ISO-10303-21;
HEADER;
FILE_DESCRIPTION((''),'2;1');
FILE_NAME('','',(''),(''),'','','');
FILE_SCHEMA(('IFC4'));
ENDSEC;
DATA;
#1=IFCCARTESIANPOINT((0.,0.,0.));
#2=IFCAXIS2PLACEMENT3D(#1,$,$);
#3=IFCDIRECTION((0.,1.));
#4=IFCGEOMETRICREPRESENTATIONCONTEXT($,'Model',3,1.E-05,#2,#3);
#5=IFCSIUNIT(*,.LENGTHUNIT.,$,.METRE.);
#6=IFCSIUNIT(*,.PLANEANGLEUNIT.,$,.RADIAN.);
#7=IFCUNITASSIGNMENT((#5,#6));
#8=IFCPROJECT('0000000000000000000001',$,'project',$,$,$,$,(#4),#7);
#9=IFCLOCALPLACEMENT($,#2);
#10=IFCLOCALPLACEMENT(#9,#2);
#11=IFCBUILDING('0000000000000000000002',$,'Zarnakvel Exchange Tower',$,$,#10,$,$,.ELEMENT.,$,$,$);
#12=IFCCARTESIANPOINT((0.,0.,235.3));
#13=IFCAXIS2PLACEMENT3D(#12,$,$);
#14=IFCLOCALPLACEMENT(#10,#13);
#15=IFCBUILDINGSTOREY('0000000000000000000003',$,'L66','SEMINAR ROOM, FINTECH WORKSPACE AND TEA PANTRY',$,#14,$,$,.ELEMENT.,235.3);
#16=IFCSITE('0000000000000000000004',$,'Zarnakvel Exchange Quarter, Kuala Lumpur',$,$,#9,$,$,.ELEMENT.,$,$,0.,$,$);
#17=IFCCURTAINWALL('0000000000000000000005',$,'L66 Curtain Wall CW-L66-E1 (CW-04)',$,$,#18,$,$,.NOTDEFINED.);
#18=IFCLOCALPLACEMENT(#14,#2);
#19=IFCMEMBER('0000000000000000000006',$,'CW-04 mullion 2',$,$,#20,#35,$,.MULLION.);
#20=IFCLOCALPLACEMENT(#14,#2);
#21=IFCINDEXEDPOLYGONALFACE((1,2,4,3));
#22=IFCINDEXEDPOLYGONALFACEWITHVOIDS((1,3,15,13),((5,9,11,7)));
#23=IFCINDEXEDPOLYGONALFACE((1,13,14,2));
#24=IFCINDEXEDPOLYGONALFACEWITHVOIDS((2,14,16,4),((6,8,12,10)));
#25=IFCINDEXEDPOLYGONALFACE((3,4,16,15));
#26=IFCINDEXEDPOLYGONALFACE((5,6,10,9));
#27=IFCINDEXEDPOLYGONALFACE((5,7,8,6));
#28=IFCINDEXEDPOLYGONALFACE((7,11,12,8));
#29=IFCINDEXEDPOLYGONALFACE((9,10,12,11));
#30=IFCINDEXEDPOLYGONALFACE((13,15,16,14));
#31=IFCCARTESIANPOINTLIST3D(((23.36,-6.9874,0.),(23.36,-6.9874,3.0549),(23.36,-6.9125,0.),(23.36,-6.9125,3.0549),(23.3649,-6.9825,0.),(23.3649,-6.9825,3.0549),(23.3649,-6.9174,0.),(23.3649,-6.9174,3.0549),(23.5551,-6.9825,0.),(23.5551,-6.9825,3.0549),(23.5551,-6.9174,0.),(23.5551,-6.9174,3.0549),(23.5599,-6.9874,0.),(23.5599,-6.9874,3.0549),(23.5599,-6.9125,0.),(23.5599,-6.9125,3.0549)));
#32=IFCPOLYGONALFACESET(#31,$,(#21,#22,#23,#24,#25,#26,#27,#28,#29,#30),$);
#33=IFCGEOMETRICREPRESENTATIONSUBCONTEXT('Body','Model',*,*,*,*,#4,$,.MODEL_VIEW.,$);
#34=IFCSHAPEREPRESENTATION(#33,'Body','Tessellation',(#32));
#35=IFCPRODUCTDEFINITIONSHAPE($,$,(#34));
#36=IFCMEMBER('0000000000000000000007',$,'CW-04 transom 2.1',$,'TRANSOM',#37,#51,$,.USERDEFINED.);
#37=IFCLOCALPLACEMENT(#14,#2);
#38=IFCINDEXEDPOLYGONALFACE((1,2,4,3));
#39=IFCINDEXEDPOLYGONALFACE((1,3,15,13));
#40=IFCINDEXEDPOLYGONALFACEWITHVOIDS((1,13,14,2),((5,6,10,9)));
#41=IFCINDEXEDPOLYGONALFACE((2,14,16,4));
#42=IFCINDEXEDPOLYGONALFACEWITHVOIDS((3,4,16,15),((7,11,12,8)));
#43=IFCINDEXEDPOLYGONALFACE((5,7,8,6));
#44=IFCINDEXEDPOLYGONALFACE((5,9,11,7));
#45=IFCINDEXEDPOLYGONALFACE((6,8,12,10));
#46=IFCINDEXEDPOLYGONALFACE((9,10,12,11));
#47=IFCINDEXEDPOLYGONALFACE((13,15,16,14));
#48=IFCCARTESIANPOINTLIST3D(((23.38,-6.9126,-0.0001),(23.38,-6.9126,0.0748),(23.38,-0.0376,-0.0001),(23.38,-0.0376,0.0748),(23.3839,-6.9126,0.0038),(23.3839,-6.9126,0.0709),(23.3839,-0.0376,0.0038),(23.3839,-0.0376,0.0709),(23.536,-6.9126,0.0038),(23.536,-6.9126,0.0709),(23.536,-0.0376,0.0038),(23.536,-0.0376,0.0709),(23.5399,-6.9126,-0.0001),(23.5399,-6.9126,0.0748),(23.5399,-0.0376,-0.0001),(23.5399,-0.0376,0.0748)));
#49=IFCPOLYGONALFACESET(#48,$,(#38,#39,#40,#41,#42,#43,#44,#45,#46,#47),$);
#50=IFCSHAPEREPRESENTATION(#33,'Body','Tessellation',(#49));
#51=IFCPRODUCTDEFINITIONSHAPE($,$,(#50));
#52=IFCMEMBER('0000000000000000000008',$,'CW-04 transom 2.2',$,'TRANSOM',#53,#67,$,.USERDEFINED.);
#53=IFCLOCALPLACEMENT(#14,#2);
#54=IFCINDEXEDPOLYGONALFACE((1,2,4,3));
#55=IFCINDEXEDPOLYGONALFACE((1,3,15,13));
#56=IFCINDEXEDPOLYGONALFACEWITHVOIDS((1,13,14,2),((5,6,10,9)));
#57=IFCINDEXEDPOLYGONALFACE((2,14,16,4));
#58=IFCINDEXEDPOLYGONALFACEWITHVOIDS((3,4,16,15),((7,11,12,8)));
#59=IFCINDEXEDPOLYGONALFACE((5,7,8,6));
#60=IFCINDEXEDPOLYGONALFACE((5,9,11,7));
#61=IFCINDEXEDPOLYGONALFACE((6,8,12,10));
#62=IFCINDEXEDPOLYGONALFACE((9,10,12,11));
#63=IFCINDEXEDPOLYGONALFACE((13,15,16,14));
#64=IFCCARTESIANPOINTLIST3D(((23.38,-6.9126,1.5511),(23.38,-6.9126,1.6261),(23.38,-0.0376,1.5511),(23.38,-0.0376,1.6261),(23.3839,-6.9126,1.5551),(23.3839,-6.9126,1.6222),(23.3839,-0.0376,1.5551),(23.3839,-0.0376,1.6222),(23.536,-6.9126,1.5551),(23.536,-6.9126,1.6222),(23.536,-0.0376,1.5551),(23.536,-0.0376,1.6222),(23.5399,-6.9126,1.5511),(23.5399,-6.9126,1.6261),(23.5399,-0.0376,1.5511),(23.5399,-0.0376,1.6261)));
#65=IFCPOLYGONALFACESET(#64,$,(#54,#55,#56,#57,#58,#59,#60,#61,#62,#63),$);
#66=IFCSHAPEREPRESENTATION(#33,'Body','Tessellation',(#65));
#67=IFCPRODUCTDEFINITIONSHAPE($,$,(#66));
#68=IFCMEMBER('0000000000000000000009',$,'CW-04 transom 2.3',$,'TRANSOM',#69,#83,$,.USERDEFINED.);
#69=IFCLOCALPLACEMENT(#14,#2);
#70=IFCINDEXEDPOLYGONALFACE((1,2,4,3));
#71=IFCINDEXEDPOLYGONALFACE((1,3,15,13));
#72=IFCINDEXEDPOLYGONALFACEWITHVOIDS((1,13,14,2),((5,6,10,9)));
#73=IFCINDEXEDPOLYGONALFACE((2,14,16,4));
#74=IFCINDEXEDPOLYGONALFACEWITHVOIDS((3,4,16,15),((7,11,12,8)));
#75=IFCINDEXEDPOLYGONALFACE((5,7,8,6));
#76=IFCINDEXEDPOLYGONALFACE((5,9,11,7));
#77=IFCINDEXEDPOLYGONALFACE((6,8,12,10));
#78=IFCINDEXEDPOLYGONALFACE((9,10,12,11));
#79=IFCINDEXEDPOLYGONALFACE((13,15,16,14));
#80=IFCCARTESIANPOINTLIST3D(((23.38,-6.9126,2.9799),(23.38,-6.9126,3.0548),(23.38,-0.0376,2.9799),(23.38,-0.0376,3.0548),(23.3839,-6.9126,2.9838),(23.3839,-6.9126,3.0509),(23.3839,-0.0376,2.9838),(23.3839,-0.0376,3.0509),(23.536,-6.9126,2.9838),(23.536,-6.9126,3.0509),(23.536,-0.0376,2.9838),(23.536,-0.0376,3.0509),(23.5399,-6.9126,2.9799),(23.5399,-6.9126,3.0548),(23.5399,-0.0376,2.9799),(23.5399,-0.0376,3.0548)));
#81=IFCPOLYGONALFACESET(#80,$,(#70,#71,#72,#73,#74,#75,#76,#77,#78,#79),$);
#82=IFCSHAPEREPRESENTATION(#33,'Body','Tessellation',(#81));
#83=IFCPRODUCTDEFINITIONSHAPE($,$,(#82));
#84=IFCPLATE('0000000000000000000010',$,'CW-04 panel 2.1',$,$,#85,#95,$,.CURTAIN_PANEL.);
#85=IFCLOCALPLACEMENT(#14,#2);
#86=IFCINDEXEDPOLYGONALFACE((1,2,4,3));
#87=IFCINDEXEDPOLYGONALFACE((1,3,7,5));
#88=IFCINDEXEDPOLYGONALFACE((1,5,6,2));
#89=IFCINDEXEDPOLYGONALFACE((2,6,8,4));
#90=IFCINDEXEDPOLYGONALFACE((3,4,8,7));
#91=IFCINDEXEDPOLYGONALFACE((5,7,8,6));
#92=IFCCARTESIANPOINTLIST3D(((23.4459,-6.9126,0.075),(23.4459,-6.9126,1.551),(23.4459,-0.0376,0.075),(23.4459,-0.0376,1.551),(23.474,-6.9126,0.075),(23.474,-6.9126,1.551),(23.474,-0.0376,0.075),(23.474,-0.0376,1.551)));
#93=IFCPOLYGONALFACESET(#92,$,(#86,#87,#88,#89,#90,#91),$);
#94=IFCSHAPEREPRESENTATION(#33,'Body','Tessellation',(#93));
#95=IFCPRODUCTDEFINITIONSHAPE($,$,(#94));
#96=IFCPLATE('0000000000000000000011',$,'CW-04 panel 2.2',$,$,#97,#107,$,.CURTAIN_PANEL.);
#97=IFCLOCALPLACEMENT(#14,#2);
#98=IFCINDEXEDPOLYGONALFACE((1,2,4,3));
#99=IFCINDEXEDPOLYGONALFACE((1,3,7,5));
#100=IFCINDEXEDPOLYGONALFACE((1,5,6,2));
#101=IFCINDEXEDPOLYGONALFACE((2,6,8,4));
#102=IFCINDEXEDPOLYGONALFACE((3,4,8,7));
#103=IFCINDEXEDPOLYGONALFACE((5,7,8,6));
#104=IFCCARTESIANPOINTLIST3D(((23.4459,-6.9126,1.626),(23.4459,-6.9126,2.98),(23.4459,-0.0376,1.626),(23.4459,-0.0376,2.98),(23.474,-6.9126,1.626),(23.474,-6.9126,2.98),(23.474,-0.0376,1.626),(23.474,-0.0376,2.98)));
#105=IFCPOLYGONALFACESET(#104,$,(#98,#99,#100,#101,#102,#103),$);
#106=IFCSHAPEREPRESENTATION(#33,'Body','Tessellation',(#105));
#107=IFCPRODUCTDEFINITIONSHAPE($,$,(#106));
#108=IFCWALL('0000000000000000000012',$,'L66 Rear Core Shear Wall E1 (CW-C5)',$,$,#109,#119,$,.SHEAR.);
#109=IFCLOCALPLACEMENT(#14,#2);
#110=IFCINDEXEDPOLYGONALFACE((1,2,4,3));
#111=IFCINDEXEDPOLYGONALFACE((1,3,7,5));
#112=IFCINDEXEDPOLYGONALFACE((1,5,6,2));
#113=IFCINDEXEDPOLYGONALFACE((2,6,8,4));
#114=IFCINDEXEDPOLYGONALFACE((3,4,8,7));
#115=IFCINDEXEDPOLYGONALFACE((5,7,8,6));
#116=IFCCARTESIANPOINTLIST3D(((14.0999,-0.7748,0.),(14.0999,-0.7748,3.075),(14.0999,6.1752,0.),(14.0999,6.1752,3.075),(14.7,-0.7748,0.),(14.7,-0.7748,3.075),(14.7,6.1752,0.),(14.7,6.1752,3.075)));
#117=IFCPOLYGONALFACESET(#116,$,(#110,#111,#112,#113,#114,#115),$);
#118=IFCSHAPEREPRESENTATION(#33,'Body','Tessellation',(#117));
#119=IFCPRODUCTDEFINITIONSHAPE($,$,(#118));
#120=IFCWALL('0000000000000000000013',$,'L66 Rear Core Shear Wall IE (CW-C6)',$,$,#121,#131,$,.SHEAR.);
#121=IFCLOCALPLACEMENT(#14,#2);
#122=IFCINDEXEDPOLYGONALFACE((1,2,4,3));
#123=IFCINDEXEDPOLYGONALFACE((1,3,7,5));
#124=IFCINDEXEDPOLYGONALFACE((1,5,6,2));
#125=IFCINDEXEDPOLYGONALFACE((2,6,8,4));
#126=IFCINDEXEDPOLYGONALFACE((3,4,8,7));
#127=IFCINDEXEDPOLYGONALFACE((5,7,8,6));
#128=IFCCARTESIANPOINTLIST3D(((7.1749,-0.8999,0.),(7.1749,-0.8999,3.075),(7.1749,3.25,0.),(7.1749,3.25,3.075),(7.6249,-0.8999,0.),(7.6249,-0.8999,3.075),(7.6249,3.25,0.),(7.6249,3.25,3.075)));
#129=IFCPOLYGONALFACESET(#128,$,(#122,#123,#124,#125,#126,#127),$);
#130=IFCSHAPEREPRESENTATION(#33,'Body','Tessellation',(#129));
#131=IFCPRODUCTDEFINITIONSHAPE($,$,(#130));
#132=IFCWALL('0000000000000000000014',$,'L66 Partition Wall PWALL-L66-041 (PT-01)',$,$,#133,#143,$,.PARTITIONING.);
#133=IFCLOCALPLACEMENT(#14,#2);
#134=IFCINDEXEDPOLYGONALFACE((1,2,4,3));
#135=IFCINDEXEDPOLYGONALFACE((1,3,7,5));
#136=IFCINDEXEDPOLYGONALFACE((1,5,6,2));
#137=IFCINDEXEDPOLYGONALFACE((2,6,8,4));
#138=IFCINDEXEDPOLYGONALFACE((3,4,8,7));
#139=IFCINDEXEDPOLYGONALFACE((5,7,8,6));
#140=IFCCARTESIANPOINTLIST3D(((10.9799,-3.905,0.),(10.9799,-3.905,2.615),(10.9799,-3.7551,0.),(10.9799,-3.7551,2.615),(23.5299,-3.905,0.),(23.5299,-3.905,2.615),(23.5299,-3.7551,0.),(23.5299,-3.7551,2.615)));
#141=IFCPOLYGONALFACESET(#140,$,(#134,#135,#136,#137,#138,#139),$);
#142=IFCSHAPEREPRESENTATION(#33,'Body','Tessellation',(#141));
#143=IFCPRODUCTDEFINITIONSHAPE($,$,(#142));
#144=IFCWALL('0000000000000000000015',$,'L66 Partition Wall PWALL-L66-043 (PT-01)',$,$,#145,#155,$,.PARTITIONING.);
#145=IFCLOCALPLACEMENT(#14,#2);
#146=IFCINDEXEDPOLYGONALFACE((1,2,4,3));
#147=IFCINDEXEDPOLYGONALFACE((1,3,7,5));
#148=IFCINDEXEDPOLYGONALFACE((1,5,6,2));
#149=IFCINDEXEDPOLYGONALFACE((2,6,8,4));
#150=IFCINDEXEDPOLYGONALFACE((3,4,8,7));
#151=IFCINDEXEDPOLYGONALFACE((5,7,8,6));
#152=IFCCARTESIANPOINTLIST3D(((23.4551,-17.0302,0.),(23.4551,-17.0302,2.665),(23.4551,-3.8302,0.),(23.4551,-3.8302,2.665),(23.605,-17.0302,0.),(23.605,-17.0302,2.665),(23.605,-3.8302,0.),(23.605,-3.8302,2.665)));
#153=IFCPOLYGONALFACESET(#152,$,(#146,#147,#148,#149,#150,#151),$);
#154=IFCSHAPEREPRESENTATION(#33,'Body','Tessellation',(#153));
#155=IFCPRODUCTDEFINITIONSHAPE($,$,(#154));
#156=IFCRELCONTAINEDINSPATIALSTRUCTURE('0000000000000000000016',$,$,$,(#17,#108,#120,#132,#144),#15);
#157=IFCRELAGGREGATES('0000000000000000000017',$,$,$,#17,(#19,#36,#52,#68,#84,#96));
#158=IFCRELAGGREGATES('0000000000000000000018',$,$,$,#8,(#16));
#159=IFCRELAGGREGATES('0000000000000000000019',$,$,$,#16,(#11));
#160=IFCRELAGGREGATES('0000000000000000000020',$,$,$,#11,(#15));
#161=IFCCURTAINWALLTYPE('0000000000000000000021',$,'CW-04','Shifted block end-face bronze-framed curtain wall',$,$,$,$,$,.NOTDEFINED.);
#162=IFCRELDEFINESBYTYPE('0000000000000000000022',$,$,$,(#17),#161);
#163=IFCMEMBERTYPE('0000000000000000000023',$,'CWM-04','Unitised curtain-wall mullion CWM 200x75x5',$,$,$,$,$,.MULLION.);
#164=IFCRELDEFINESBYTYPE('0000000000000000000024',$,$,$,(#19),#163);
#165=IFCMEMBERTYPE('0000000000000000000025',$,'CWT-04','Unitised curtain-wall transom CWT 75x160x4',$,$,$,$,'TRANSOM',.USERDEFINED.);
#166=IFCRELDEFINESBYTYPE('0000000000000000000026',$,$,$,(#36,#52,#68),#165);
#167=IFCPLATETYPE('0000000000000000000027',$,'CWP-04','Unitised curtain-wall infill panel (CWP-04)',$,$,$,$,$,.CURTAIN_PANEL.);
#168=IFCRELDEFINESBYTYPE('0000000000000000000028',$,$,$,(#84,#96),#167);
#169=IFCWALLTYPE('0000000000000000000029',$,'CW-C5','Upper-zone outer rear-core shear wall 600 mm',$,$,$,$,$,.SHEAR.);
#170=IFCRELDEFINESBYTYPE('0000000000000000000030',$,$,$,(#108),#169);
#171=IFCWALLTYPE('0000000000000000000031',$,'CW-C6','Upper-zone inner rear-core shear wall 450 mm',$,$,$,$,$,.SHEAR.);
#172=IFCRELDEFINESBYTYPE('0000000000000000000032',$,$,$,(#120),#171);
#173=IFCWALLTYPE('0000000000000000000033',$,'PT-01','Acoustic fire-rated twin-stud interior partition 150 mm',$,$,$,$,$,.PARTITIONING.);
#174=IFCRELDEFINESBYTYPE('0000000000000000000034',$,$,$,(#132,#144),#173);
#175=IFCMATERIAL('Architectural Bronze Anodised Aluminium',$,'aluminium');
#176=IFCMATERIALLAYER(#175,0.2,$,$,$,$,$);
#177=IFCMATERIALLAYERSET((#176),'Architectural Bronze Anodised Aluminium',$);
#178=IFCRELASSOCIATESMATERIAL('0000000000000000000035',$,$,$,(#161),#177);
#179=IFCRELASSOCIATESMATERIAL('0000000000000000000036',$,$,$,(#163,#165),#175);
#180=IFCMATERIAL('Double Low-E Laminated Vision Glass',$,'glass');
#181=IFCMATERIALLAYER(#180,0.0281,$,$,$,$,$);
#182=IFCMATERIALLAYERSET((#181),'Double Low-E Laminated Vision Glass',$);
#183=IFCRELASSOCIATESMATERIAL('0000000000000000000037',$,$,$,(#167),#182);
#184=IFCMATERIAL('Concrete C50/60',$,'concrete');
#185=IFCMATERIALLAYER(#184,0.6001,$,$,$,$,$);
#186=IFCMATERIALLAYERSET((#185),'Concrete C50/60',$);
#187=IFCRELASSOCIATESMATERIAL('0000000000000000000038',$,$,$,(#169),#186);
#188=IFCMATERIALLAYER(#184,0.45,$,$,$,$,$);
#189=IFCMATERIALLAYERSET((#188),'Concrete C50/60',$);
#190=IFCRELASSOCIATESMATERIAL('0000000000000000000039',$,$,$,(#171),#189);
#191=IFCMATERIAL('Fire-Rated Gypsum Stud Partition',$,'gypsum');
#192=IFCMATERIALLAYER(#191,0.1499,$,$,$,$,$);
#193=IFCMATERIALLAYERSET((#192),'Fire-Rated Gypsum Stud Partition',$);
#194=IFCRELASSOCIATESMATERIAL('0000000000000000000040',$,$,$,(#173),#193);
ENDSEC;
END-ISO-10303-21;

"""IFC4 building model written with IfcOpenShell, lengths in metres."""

from ifc_helpers import new_model, si_unit, direction, frame, frame_2d, origin, origin_2d, place, context, subcontext, project, spatial, rectangle, hollow_rectangle, extrude, source, transform, mapped, material, layer, layer_set, material_profile, profile_set, type_object, element, aggregate, save


model = new_model("IFC4")

# Units and contexts
model_context = context("Model", 3, precision=1e-05, world=origin(), true_north=direction((0.0, 1.0)))
body_context = subcontext(model_context, "Body", "Model", "MODEL_VIEW")
ifc_project = project(units=[si_unit("LENGTHUNIT", "METRE"), si_unit("PLANEANGLEUNIT", "RADIAN")], contexts=[model_context])

# Site, building, storey
site_placement = place(None, origin())
site = spatial("IfcSite", under=ifc_project, at=site_placement, Name="Zarnakvel Exchange Quarter, Kuala Lumpur", CompositionType="ELEMENT", RefElevation=0.0)
building_placement = place(site_placement, origin())
building = spatial("IfcBuilding", under=site, at=building_placement, Name="Zarnakvel Exchange Tower", CompositionType="ELEMENT")
storey_placement = place(building_placement, frame((0.0, 0.0, 235.3)))
storey = spatial("IfcBuildingStorey", under=building, at=storey_placement, Name="L66", Description="SEMINAR ROOM, FINTECH WORKSPACE AND TEA PANTRY", CompositionType="ELEMENT", Elevation=235.3)

# Shared definitions
ifc_material_1 = material(Name="Concrete C50/60", Category="concrete")

# Curtain wall, members, plates
ifc_material_2 = material(Name="Architectural Bronze Anodised Aluminium", Category="aluminium")
ifc_layer_1 = layer(ifc_material_2, 0.2)
ifc_layer_set_1 = layer_set([ifc_layer_1], Name="Architectural Bronze Anodised Aluminium")
curtain_wall_type = type_object("IfcCurtainWallType", Name="CW-04", Description="Shifted block end-face bronze-framed curtain wall", PredefinedType="NOTDEFINED", material=ifc_layer_set_1)
curtain_wall_placement = place(storey_placement, origin())
curtain_wall = element("IfcCurtainWall", 1, at=curtain_wall_placement, inside=storey, type_object=curtain_wall_type, Name="L66 Curtain Wall CW-L66-E1 (CW-04)", PredefinedType="NOTDEFINED")
ifc_material_profile_1 = material_profile(ifc_material_2, hollow_rectangle(XDim=0.2, YDim=0.075, WallThickness=0.0049, at=origin_2d()))
ifc_profile_set_1 = profile_set([ifc_material_profile_1], Name="Architectural Bronze Anodised Aluminium")
member_type_1 = type_object("IfcMemberType", Name="CWM-04", Description="Unitised curtain-wall mullion CWM 200x75x5", PredefinedType="MULLION", material=ifc_profile_set_1)
shared_shape_1 = source(origin(), body_context, "Body", "SweptSolid", [
    extrude(hollow_rectangle(XDim=0.2, YDim=0.075, WallThickness=0.0049, at=origin_2d()), origin(), (0.0, 0.0, 1.0), 3.0549),
])
member_1_placement = place(storey_placement, frame((23.46, -6.95, 0.0), z_axis=(0.0, 0.0, 1.0), x_axis=(-1.0, 0.0, 0.0)))
member_1 = element("IfcMember", 2, at=member_1_placement, type_object=member_type_1, Name="CW-04 mullion 2", PredefinedType="MULLION", context=body_context, shape_type="MappedRepresentation", body=[
    mapped(shared_shape_1, transform((0.0, 0.0, 0.0), x_axis=(1.0, 0.0, 0.0), y_axis=(0.0, 1.0, 0.0), z_axis=(0.0, 0.0, 1.0), scale=1.0)),
])
ifc_material_profile_2 = material_profile(ifc_material_2, hollow_rectangle(XDim=0.1599, YDim=0.075, WallThickness=0.0039, at=origin_2d()))
ifc_profile_set_2 = profile_set([ifc_material_profile_2], Name="Architectural Bronze Anodised Aluminium")
member_type_2 = type_object("IfcMemberType", Name="CWT-04", Description="Unitised curtain-wall transom CWT 75x160x4", ElementType="TRANSOM", PredefinedType="USERDEFINED", material=ifc_profile_set_2)
shared_shape_2 = source(origin(), body_context, "Body", "SweptSolid", [
    extrude(hollow_rectangle(XDim=0.1599, YDim=0.075, WallThickness=0.0039, at=origin_2d()), origin(), (0.0, 0.0, 1.0), 6.875),
])
member_2_placement = place(storey_placement, frame((23.46, -6.9126, 0.0374), z_axis=(0.0, 1.0, 0.0), x_axis=(-1.0, 0.0, 0.0)))
member_2 = element("IfcMember", 3, at=member_2_placement, type_object=member_type_2, Name="CW-04 transom 2.1", ObjectType="TRANSOM", PredefinedType="USERDEFINED", context=body_context, shape_type="MappedRepresentation", body=[
    mapped(shared_shape_2, transform((0.0, 0.0, 0.0), x_axis=(1.0, 0.0, 0.0), y_axis=(0.0, 1.0, 0.0), z_axis=(0.0, 0.0, 1.0), scale=1.0)),
])
member_3_placement = place(storey_placement, frame((23.46, -6.9126, 1.5886), z_axis=(0.0, 1.0, 0.0), x_axis=(-1.0, 0.0, 0.0)))
member_3 = element("IfcMember", 4, at=member_3_placement, type_object=member_type_2, Name="CW-04 transom 2.2", ObjectType="TRANSOM", PredefinedType="USERDEFINED", context=body_context, shape_type="MappedRepresentation", body=[
    mapped(shared_shape_2, transform((0.0, 0.0, 0.0), x_axis=(1.0, 0.0, 0.0), y_axis=(0.0, 1.0, 0.0), z_axis=(0.0, 0.0, 1.0), scale=1.0)),
])
member_4_placement = place(storey_placement, frame((23.46, -6.9126, 3.0173), z_axis=(0.0, 1.0, 0.0), x_axis=(-1.0, 0.0, 0.0)))
member_4 = element("IfcMember", 5, at=member_4_placement, type_object=member_type_2, Name="CW-04 transom 2.3", ObjectType="TRANSOM", PredefinedType="USERDEFINED", context=body_context, shape_type="MappedRepresentation", body=[
    mapped(shared_shape_2, transform((0.0, 0.0, 0.0), x_axis=(1.0, 0.0, 0.0), y_axis=(0.0, 1.0, 0.0), z_axis=(0.0, 0.0, 1.0), scale=1.0)),
])
ifc_material_3 = material(Name="Double Low-E Laminated Vision Glass", Category="glass")
ifc_layer_2 = layer(ifc_material_3, 0.0281)
ifc_layer_set_2 = layer_set([ifc_layer_2], Name="Double Low-E Laminated Vision Glass")
plate_type = type_object("IfcPlateType", Name="CWP-04", Description="Unitised curtain-wall infill panel (CWP-04)", PredefinedType="CURTAIN_PANEL", material=ifc_layer_set_2)
shared_shape_3 = source(origin(), body_context, "Body", "SweptSolid", [
    extrude(rectangle(XDim=6.875, YDim=0.0281, at=origin_2d()), origin(), (0.0, 0.0, 1.0), 1.4761),
])
plate_1_placement = place(storey_placement, frame((23.46, -3.4751, 0.075), z_axis=(0.0, 0.0, 1.0), x_axis=(0.0, 1.0, 0.0)))
plate_1 = element("IfcPlate", 6, at=plate_1_placement, type_object=plate_type, Name="CW-04 panel 2.1", PredefinedType="CURTAIN_PANEL", context=body_context, shape_type="MappedRepresentation", body=[
    mapped(shared_shape_3, transform((0.0, 0.0, 0.0), x_axis=(1.0, 0.0, 0.0), y_axis=(0.0, 1.0, 0.0), z_axis=(0.0, 0.0, 1.0), scale=1.0)),
])
shared_shape_4 = source(origin(), body_context, "Body", "SweptSolid", [
    extrude(rectangle(XDim=6.875, YDim=0.0281, at=origin_2d()), origin(), (0.0, 0.0, 1.0), 1.354),
])
plate_2_placement = place(storey_placement, frame((23.46, -3.4751, 1.626), z_axis=(0.0, 0.0, 1.0), x_axis=(0.0, 1.0, 0.0)))
plate_2 = element("IfcPlate", 7, at=plate_2_placement, type_object=plate_type, Name="CW-04 panel 2.2", PredefinedType="CURTAIN_PANEL", context=body_context, shape_type="MappedRepresentation", body=[
    mapped(shared_shape_4, transform((0.0, 0.0, 0.0), x_axis=(1.0, 0.0, 0.0), y_axis=(0.0, 1.0, 0.0), z_axis=(0.0, 0.0, 1.0), scale=1.0)),
])
aggregate(curtain_wall, [member_1, member_2, member_3, member_4, plate_1, plate_2])

# Wall
ifc_layer_3 = layer(ifc_material_1, 0.6001)
ifc_layer_set_3 = layer_set([ifc_layer_3], Name="Concrete C50/60")
wall_type_1 = type_object("IfcWallType", Name="CW-C5", Description="Upper-zone outer rear-core shear wall 600 mm", PredefinedType="SHEAR", material=ifc_layer_set_3)
wall_1_placement = place(storey_placement, frame((14.3999, -0.7749, 0.0), z_axis=(0.0, 0.0, 1.0), x_axis=(0.0, 1.0, 0.0)))
element("IfcWall", 8, at=wall_1_placement, inside=storey, type_object=wall_type_1, Name="L66 Rear Core Shear Wall E1 (CW-C5)", PredefinedType="SHEAR", context=body_context, shape_type="SweptSolid", body=[
    extrude(rectangle(XDim=6.95, YDim=0.6001, at=frame_2d((3.4751, 0.0))), origin(), (0.0, 0.0, 1.0), 3.075),
])

# Walls
ifc_layer_4 = layer(ifc_material_1, 0.45)
ifc_layer_set_4 = layer_set([ifc_layer_4], Name="Concrete C50/60")
wall_type_2 = type_object("IfcWallType", Name="CW-C6", Description="Upper-zone inner rear-core shear wall 450 mm", PredefinedType="SHEAR", material=ifc_layer_set_4)
wall_2_placement = place(storey_placement, frame((7.3999, -0.8999, 0.0), z_axis=(0.0, 0.0, 1.0), x_axis=(0.0, 1.0, 0.0)))
element("IfcWall", 9, at=wall_2_placement, inside=storey, type_object=wall_type_2, Name="L66 Rear Core Shear Wall IE (CW-C6)", PredefinedType="SHEAR", context=body_context, shape_type="SweptSolid", body=[
    extrude(rectangle(XDim=4.1499, YDim=0.45, at=frame_2d((2.075, 0.0))), origin(), (0.0, 0.0, 1.0), 3.075),
])
ifc_material_4 = material(Name="Fire-Rated Gypsum Stud Partition", Category="gypsum")
ifc_layer_5 = layer(ifc_material_4, 0.1499)
ifc_layer_set_5 = layer_set([ifc_layer_5], Name="Fire-Rated Gypsum Stud Partition")
wall_type_3 = type_object("IfcWallType", Name="PT-01", Description="Acoustic fire-rated twin-stud interior partition 150 mm", PredefinedType="PARTITIONING", material=ifc_layer_set_5)
wall_3_placement = place(storey_placement, frame((10.98, -3.8301, 0.0), z_axis=(0.0, 0.0, 1.0), x_axis=(1.0, 0.0, 0.0)))
element("IfcWall", 10, at=wall_3_placement, inside=storey, type_object=wall_type_3, Name="L66 Partition Wall PWALL-L66-041 (PT-01)", PredefinedType="PARTITIONING", context=body_context, shape_type="SweptSolid", body=[
    extrude(rectangle(XDim=12.55, YDim=0.1499, at=frame_2d((6.2749, 0.0))), origin(), (0.0, 0.0, 1.0), 2.615),
])
wall_4_placement = place(storey_placement, frame((23.53, -3.8301, 0.0), z_axis=(0.0, 0.0, 1.0), x_axis=(0.0, -1.0, 0.0)))
element("IfcWall", 11, at=wall_4_placement, inside=storey, type_object=wall_type_3, Name="L66 Partition Wall PWALL-L66-043 (PT-01)", PredefinedType="PARTITIONING", context=body_context, shape_type="SweptSolid", body=[
    extrude(rectangle(XDim=13.2, YDim=0.1499, at=frame_2d((6.6001, 0.0))), origin(), (0.0, 0.0, 1.0), 2.665),
])

save(model, "model.ifc")
